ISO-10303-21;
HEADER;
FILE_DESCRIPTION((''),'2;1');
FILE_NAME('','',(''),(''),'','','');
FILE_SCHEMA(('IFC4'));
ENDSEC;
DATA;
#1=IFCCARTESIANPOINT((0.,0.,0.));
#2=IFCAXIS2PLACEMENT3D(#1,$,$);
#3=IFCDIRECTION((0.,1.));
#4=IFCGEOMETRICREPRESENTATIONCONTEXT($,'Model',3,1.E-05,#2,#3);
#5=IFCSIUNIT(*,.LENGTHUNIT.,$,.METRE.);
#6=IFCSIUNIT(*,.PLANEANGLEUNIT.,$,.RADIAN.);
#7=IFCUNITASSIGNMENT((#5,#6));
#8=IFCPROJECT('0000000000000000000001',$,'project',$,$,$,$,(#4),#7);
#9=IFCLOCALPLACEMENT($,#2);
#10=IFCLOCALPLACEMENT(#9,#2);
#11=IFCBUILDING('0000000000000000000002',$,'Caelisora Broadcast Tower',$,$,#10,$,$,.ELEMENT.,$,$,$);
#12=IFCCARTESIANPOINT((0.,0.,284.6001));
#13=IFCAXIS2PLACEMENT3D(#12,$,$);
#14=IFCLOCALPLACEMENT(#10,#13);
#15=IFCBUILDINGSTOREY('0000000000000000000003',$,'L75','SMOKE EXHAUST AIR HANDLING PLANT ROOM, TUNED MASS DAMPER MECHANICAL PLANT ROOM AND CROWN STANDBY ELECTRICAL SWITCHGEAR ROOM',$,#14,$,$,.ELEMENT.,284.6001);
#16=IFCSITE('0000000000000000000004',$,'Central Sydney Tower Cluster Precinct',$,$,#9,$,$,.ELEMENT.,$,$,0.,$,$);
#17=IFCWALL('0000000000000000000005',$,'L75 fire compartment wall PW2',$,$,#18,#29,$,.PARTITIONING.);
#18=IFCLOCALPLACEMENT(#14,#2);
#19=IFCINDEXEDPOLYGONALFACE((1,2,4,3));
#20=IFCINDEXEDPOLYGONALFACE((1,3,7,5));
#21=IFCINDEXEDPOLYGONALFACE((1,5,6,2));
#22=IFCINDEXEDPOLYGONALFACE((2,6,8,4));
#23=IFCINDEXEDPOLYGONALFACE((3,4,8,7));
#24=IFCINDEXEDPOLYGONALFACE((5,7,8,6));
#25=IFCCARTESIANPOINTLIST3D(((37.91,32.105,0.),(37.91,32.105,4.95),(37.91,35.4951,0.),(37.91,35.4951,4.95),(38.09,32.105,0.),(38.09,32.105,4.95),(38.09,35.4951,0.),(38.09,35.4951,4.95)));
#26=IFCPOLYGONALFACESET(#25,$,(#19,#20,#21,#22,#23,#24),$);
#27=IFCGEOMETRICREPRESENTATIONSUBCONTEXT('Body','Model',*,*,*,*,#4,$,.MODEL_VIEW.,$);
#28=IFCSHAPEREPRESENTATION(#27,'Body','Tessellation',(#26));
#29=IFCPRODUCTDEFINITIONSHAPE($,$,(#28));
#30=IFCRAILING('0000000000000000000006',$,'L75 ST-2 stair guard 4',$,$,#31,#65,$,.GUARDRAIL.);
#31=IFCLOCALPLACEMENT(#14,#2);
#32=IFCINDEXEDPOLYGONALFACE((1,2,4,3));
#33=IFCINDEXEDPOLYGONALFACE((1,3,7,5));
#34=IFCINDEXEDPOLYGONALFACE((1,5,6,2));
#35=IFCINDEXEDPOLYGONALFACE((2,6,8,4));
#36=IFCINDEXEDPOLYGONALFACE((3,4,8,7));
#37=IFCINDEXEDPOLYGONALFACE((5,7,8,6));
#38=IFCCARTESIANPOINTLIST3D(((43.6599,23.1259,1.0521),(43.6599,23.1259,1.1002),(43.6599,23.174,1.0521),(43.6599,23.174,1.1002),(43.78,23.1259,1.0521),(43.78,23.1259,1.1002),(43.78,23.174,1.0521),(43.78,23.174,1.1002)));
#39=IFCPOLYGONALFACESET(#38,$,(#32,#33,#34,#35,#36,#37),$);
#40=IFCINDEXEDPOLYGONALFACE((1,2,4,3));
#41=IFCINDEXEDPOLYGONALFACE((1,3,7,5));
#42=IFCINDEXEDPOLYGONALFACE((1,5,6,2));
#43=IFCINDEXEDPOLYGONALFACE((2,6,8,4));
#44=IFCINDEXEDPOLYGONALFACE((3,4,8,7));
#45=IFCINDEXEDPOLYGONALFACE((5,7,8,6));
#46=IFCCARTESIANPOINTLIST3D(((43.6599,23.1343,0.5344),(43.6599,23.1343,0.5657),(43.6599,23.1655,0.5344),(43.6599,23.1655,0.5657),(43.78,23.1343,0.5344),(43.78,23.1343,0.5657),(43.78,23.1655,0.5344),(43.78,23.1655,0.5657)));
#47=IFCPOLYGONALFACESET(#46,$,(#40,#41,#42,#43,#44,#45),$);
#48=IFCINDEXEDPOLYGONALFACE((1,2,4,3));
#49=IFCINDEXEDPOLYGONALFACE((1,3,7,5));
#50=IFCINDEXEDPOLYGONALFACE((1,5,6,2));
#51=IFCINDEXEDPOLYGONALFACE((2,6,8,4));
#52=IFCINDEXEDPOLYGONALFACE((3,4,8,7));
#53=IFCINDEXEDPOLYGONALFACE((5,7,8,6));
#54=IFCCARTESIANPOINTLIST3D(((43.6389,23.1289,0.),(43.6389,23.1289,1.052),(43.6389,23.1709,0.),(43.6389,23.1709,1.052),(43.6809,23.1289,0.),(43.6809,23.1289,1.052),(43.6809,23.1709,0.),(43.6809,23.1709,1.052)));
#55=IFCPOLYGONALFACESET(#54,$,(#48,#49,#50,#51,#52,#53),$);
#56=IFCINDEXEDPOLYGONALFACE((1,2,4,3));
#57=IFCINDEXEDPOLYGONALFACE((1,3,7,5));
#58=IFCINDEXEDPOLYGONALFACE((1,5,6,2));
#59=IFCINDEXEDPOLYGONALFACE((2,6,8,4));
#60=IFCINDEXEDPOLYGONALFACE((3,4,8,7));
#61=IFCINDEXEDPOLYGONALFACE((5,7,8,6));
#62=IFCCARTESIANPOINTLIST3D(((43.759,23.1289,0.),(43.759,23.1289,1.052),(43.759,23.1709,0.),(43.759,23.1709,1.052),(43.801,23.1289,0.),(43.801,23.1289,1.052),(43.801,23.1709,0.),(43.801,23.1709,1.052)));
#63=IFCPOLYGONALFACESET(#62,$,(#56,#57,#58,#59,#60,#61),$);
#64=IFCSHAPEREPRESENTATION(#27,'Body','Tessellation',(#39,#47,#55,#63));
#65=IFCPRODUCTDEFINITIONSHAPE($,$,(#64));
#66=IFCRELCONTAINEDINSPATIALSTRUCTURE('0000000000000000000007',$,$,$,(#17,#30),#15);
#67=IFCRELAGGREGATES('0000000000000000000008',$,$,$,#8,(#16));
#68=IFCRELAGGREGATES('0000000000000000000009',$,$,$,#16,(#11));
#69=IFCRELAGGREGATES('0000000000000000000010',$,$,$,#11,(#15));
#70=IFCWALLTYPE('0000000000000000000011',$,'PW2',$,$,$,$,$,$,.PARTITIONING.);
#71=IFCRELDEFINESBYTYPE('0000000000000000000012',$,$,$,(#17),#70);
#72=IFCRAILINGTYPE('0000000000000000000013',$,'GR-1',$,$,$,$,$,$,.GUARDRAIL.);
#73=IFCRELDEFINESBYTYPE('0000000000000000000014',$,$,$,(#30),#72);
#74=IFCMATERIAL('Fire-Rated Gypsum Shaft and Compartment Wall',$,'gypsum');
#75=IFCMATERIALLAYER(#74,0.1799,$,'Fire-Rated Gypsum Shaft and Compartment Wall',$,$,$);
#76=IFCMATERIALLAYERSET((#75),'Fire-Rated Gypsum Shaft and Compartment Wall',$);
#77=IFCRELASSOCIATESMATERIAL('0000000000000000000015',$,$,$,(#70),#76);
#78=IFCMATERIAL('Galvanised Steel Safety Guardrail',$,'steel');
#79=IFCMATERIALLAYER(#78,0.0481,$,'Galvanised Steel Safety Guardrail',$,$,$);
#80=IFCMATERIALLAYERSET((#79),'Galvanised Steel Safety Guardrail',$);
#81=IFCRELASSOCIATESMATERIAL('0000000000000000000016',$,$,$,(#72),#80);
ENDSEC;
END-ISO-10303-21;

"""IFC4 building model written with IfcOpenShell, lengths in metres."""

from ifc_helpers import new_model, si_unit, direction, frame, frame_2d, origin, origin_2d, place, context, subcontext, project, spatial, rectangle, extrude, material, layer, layer_set, type_object, element, save


model = new_model("IFC4")

# Units and contexts
model_context = context("Model", 3, precision=1e-05, world=origin(), true_north=direction((0.0, 1.0)))
body_context = subcontext(model_context, "Body", "Model", "MODEL_VIEW")
ifc_project = project(units=[si_unit("LENGTHUNIT", "METRE"), si_unit("PLANEANGLEUNIT", "RADIAN")], contexts=[model_context])

# Site, building, storey
site_placement = place(None, origin())
site = spatial("IfcSite", under=ifc_project, at=site_placement, Name="Central Sydney Tower Cluster Precinct", CompositionType="ELEMENT", RefElevation=0.0)
building_placement = place(site_placement, origin())
building = spatial("IfcBuilding", under=site, at=building_placement, Name="Caelisora Broadcast Tower", CompositionType="ELEMENT")
storey_placement = place(building_placement, frame((0.0, 0.0, 284.6001)))
storey = spatial("IfcBuildingStorey", under=building, at=storey_placement, Name="L75", Description="SMOKE EXHAUST AIR HANDLING PLANT ROOM, TUNED MASS DAMPER MECHANICAL PLANT ROOM AND CROWN STANDBY ELECTRICAL SWITCHGEAR ROOM", CompositionType="ELEMENT", Elevation=284.6001)

# Shared definitions
ifc_material_1 = material(Name="Fire-Rated Gypsum Shaft and Compartment Wall", Category="gypsum")
ifc_layer_1 = layer(ifc_material_1, 0.1799, Name="Fire-Rated Gypsum Shaft and Compartment Wall")
ifc_layer_set_1 = layer_set([ifc_layer_1], Name="Fire-Rated Gypsum Shaft and Compartment Wall")
wall_type_1 = type_object("IfcWallType", Name="PW2", PredefinedType="PARTITIONING", material=ifc_layer_set_1)

# Wall
wall_1_placement = place(storey_placement, frame((38.0, 32.105, 0.0), z_axis=(0.0, 0.0, 1.0), x_axis=(0.0, 1.0, 0.0)))
element("IfcWall", 1, at=wall_1_placement, inside=storey, type_object=wall_type_1, Name="L75 fire compartment wall PW2", PredefinedType="PARTITIONING", context=body_context, shape_type="SweptSolid", body=[
    extrude(rectangle(XDim=3.3901, YDim=0.1799, at=frame_2d((1.6951, 0.0))), origin(), (0.0, 0.0, 1.0), 4.95),
])

# Railing
ifc_material_2 = material(Name="Galvanised Steel Safety Guardrail", Category="steel")
ifc_layer_2 = layer(ifc_material_2, 0.0481, Name="Galvanised Steel Safety Guardrail")
ifc_layer_set_2 = layer_set([ifc_layer_2], Name="Galvanised Steel Safety Guardrail")
railing_type = type_object("IfcRailingType", Name="GR-1", PredefinedType="GUARDRAIL", material=ifc_layer_set_2)
railing_placement = place(storey_placement, frame((43.6599, 23.1499, 0.0)))
element("IfcRailing", 2, at=railing_placement, inside=storey, type_object=railing_type, Name="L75 ST-2 stair guard 4", PredefinedType="GUARDRAIL", context=body_context, shape_type="SweptSolid", body=[
    extrude(rectangle(XDim=0.0481, YDim=0.0481, at=origin_2d()), frame((0.0, 0.0, 1.0762), z_axis=(1.0, 0.0, 0.0), x_axis=(0.0, 1.0, 0.0)), (0.0, 0.0, 1.0), 0.1201),
    extrude(rectangle(XDim=0.0312, YDim=0.0312, at=origin_2d()), frame((0.0, 0.0, 0.55), z_axis=(1.0, 0.0, 0.0), x_axis=(0.0, 1.0, 0.0)), (0.0, 0.0, 1.0), 0.1201),
    extrude(rectangle(XDim=0.042, YDim=0.042, at=origin_2d()), origin(), (0.0, 0.0, 1.0), 1.052),
    extrude(rectangle(XDim=0.042, YDim=0.042, at=origin_2d()), frame((0.1201, 0.0, 0.0)), (0.0, 0.0, 1.0), 1.052),
])

save(model, "model.ifc")
